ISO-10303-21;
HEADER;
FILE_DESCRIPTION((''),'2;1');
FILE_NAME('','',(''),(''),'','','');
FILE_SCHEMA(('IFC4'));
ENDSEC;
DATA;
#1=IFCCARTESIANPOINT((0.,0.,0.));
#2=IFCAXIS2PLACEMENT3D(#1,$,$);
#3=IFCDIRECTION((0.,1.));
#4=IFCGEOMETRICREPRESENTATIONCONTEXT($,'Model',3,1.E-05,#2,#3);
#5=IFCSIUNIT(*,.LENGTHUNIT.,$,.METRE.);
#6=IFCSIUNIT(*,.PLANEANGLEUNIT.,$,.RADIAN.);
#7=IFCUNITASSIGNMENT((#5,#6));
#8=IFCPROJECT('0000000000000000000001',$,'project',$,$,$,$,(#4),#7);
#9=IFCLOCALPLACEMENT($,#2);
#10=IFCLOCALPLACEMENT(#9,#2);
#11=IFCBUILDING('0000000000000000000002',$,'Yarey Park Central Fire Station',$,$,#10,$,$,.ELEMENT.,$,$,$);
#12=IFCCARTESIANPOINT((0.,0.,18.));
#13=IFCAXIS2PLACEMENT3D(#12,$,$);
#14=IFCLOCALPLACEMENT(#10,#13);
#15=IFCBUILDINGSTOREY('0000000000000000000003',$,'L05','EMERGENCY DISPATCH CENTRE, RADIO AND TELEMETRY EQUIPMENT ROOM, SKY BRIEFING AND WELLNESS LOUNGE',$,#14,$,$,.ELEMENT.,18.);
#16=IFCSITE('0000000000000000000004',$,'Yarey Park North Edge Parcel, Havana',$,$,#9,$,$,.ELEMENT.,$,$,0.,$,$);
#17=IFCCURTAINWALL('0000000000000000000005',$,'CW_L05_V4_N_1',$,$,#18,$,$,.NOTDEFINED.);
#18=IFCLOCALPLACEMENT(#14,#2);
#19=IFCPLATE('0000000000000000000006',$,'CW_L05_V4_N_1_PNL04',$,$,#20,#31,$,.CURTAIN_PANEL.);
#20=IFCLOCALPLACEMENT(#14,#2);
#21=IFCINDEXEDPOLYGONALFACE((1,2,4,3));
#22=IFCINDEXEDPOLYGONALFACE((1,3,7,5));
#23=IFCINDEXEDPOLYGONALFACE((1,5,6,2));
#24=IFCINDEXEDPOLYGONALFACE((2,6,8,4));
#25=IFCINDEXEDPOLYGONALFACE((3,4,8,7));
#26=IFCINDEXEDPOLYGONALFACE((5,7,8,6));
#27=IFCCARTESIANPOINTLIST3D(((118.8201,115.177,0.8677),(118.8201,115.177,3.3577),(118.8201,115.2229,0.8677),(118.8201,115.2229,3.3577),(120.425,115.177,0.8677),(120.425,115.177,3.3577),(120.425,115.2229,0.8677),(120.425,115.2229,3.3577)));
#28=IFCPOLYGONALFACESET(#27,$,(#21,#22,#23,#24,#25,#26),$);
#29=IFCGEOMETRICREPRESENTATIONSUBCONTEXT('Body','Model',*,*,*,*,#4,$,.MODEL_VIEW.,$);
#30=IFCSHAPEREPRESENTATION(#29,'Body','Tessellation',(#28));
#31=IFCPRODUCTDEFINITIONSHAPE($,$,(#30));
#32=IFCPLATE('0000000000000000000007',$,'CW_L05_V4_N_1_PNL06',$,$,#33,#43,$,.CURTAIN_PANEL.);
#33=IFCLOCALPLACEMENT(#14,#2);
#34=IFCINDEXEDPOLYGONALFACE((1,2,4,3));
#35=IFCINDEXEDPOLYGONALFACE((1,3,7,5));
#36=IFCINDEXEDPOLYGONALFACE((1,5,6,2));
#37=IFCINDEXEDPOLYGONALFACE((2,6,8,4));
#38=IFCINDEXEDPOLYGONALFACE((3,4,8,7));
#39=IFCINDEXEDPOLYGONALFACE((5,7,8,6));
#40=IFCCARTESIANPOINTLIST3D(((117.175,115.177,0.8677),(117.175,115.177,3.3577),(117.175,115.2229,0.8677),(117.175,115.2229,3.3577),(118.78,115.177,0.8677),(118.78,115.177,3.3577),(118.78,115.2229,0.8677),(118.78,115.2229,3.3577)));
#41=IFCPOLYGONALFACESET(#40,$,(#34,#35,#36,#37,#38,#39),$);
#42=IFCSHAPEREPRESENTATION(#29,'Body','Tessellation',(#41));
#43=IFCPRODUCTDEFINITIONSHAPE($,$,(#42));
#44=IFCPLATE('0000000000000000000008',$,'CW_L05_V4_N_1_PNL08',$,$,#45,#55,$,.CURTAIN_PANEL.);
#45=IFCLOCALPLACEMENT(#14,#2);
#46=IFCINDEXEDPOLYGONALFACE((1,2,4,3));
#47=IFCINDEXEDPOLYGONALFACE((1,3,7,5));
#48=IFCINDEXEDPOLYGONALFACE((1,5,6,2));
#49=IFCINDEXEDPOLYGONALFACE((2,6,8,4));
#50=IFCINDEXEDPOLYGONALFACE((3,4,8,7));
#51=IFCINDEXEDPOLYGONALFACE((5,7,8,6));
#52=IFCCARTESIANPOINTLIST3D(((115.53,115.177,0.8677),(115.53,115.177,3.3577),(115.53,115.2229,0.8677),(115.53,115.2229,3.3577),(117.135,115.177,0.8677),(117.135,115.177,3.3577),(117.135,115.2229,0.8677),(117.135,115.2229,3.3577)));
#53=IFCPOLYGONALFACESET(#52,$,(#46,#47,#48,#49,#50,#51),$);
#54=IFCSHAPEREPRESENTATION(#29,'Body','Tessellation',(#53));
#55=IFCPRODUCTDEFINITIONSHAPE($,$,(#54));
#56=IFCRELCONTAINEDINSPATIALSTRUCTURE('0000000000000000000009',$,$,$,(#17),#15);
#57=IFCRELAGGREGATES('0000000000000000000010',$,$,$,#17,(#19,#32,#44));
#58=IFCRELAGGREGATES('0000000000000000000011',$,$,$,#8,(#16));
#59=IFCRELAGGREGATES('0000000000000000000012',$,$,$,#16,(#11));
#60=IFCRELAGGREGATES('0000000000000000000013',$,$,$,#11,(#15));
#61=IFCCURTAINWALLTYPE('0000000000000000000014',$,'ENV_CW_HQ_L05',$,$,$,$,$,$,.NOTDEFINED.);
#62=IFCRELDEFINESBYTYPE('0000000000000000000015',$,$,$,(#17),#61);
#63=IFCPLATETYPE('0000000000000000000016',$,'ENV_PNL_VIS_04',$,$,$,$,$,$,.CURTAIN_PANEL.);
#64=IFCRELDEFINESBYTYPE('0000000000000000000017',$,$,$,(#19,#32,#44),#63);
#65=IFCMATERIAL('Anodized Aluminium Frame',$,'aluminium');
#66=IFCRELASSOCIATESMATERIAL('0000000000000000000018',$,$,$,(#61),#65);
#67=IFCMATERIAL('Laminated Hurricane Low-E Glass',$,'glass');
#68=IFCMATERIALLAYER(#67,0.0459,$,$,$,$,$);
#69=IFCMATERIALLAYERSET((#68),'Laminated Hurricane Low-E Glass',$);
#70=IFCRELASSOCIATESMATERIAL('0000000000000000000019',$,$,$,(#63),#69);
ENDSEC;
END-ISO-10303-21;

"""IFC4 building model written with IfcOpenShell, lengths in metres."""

from ifc_helpers import new_model, si_unit, direction, frame, origin, origin_2d, place, context, subcontext, project, spatial, rectangle, extrude, material, layer, layer_set, type_object, element, aggregate, save


model = new_model("IFC4")

# Units and contexts
model_context = context("Model", 3, precision=1e-05, world=origin(), true_north=direction((0.0, 1.0)))
body_context = subcontext(model_context, "Body", "Model", "MODEL_VIEW")
ifc_project = project(units=[si_unit("LENGTHUNIT", "METRE"), si_unit("PLANEANGLEUNIT", "RADIAN")], contexts=[model_context])

# Site, building, storey
site_placement = place(None, origin())
site = spatial("IfcSite", under=ifc_project, at=site_placement, Name="Yarey Park North Edge Parcel, Havana", CompositionType="ELEMENT", RefElevation=0.0)
building_placement = place(site_placement, origin())
building = spatial("IfcBuilding", under=site, at=building_placement, Name="Yarey Park Central Fire Station", CompositionType="ELEMENT")
storey_placement = place(building_placement, frame((0.0, 0.0, 18.0)))
storey = spatial("IfcBuildingStorey", under=building, at=storey_placement, Name="L05", Description="EMERGENCY DISPATCH CENTRE, RADIO AND TELEMETRY EQUIPMENT ROOM, SKY BRIEFING AND WELLNESS LOUNGE", CompositionType="ELEMENT", Elevation=18.0)

# Curtain wall
ifc_material_1 = material(Name="Anodized Aluminium Frame", Category="aluminium")
curtain_wall_type = type_object("IfcCurtainWallType", Name="ENV_CW_HQ_L05", PredefinedType="NOTDEFINED", material=ifc_material_1)
curtain_wall_1_placement = place(storey_placement, origin())
curtain_wall_1 = element("IfcCurtainWall", 1, at=curtain_wall_1_placement, inside=storey, type_object=curtain_wall_type, Name="CW_L05_V4_N_1", PredefinedType="NOTDEFINED")

# Plates
ifc_material_2 = material(Name="Laminated Hurricane Low-E Glass", Category="glass")
ifc_layer_1 = layer(ifc_material_2, 0.0459)
ifc_layer_set_1 = layer_set([ifc_layer_1], Name="Laminated Hurricane Low-E Glass")
plate_type_1 = type_object("IfcPlateType", Name="ENV_PNL_VIS_04", PredefinedType="CURTAIN_PANEL", material=ifc_layer_set_1)
plate_1_placement = place(storey_placement, frame((119.6226, 115.2, 0.8677), z_axis=(0.0, 0.0, 1.0), x_axis=(-1.0, 0.0, 0.0)))
plate_1 = element("IfcPlate", 2, at=plate_1_placement, type_object=plate_type_1, Name="CW_L05_V4_N_1_PNL04", PredefinedType="CURTAIN_PANEL", context=body_context, shape_type="SweptSolid", body=[
    extrude(rectangle(XDim=1.605, YDim=0.0459, at=origin_2d()), origin(), (0.0, 0.0, 1.0), 2.49),
])
plate_2_placement = place(storey_placement, frame((117.9775, 115.2, 0.8677), z_axis=(0.0, 0.0, 1.0), x_axis=(-1.0, 0.0, 0.0)))
plate_2 = element("IfcPlate", 3, at=plate_2_placement, type_object=plate_type_1, Name="CW_L05_V4_N_1_PNL06", PredefinedType="CURTAIN_PANEL", context=body_context, shape_type="SweptSolid", body=[
    extrude(rectangle(XDim=1.605, YDim=0.0459, at=origin_2d()), origin(), (0.0, 0.0, 1.0), 2.49),
])
plate_3_placement = place(storey_placement, frame((116.3325, 115.2, 0.8677), z_axis=(0.0, 0.0, 1.0), x_axis=(-1.0, 0.0, 0.0)))
plate_3 = element("IfcPlate", 4, at=plate_3_placement, type_object=plate_type_1, Name="CW_L05_V4_N_1_PNL08", PredefinedType="CURTAIN_PANEL", context=body_context, shape_type="SweptSolid", body=[
    extrude(rectangle(XDim=1.605, YDim=0.0459, at=origin_2d()), origin(), (0.0, 0.0, 1.0), 2.49),
])
aggregate(curtain_wall_1, [plate_1, plate_2, plate_3])

save(model, "model.ifc")
